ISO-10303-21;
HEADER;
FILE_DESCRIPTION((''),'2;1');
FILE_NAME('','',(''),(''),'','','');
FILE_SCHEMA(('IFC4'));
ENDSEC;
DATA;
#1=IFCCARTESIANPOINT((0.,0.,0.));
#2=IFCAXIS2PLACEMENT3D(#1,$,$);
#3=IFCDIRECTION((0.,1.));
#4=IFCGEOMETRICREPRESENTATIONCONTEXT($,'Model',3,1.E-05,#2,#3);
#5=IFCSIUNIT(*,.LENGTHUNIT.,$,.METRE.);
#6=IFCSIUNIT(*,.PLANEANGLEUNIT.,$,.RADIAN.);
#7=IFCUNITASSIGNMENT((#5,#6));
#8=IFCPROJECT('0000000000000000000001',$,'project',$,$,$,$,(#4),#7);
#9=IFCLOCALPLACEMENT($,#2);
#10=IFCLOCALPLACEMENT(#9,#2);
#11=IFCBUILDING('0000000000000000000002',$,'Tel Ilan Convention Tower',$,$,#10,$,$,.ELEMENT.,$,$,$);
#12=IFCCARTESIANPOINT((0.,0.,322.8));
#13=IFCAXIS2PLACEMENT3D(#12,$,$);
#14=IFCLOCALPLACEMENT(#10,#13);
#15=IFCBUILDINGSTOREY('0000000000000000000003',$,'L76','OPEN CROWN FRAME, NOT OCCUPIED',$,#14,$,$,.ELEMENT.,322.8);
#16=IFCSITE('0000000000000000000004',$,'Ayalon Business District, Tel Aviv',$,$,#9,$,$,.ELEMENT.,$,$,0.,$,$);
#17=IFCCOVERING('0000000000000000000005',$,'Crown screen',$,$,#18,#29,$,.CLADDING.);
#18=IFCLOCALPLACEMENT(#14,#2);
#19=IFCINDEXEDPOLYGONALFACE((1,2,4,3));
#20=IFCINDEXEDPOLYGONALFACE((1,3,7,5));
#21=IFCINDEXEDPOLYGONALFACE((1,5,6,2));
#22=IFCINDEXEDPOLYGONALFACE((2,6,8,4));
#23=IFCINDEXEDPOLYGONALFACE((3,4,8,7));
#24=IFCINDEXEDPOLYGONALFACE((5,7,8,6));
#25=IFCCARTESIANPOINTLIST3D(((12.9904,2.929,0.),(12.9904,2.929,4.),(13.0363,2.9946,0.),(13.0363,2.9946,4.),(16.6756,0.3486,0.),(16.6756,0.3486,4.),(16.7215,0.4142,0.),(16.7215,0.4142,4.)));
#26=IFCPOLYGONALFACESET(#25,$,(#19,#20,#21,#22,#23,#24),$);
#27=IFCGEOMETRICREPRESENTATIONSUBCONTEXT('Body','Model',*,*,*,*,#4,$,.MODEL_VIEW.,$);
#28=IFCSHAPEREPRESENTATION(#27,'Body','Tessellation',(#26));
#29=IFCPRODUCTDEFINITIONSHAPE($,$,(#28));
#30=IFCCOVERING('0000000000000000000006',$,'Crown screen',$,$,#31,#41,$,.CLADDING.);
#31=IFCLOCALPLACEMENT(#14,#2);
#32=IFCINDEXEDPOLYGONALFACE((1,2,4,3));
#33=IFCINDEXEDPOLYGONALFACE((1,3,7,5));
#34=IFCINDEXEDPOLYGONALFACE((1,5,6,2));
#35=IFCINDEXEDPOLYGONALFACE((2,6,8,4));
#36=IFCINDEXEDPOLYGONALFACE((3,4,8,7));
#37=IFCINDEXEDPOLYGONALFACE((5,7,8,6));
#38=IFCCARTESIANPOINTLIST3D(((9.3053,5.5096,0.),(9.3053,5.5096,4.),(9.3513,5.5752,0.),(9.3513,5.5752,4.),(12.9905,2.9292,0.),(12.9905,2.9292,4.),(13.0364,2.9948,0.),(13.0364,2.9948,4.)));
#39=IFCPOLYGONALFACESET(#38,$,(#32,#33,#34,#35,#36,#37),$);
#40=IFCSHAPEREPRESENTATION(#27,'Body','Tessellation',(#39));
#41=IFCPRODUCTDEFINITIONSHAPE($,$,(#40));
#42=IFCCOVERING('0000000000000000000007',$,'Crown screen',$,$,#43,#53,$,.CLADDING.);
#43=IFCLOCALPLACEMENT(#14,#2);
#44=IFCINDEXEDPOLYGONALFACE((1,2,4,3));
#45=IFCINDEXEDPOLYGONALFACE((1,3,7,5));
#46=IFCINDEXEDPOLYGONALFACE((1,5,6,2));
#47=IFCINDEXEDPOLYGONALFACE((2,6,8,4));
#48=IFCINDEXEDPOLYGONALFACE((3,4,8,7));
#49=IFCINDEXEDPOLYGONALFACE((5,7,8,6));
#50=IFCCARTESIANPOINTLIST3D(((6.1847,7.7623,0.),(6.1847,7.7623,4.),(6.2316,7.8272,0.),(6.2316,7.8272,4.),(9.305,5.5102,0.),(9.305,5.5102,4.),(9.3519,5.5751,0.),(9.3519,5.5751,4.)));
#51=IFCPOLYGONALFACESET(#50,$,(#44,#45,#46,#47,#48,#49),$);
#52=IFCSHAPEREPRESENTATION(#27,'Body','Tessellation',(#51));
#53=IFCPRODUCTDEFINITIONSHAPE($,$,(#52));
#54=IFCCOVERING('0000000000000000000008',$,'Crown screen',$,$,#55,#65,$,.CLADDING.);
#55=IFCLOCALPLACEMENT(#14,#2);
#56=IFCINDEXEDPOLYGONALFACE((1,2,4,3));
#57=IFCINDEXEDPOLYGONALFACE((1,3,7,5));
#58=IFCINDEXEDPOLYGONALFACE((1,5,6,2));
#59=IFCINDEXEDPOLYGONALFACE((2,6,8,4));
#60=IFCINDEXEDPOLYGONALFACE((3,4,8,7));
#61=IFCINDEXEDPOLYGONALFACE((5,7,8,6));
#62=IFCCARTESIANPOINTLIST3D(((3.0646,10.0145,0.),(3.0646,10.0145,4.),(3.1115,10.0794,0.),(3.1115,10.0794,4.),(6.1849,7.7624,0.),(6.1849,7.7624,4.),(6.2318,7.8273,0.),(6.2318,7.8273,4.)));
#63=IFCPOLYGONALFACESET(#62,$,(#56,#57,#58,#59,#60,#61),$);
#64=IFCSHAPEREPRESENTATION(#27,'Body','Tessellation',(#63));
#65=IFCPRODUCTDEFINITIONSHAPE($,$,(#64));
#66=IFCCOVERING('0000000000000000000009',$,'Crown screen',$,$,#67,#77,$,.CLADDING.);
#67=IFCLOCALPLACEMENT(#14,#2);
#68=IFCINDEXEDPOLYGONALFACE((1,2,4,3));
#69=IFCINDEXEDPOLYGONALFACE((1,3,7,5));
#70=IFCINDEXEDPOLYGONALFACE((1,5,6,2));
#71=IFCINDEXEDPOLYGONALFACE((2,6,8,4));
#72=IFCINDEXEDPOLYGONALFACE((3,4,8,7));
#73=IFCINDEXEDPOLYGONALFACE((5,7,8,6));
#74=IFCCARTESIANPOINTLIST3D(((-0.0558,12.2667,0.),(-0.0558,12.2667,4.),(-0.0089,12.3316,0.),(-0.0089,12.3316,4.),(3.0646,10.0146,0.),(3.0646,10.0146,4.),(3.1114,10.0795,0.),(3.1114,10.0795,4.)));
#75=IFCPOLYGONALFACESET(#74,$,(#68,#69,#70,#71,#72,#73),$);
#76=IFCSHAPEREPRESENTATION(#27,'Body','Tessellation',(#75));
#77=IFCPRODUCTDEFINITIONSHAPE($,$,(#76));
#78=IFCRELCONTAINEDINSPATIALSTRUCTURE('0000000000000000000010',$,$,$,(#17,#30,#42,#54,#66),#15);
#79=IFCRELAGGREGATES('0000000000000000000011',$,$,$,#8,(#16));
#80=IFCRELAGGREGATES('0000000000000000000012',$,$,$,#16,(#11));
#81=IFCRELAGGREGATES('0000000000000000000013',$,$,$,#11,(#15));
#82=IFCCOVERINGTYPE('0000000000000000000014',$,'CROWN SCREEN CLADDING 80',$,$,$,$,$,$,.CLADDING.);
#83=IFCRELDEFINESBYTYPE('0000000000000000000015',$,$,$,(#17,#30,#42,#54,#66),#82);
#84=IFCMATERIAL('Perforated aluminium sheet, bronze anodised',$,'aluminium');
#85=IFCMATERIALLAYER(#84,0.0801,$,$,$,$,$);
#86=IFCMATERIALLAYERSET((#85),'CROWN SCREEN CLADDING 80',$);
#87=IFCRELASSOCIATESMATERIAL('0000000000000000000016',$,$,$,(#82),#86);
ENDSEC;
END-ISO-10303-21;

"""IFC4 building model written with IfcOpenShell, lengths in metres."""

from ifc_helpers import new_model, si_unit, direction, frame, origin, origin_2d, place, context, subcontext, project, spatial, rectangle, extrude, material, layer, layer_set, type_object, element, save


model = new_model("IFC4")

# Units and contexts
model_context = context("Model", 3, precision=1e-05, world=origin(), true_north=direction((0.0, 1.0)))
body_context = subcontext(model_context, "Body", "Model", "MODEL_VIEW")
ifc_project = project(units=[si_unit("LENGTHUNIT", "METRE"), si_unit("PLANEANGLEUNIT", "RADIAN")], contexts=[model_context])

# Site, building, storey
site_placement = place(None, origin())
site = spatial("IfcSite", under=ifc_project, at=site_placement, Name="Ayalon Business District, Tel Aviv", CompositionType="ELEMENT", RefElevation=0.0)
building_placement = place(site_placement, origin())
building = spatial("IfcBuilding", under=site, at=building_placement, Name="Tel Ilan Convention Tower", CompositionType="ELEMENT")
storey_placement = place(building_placement, frame((0.0, 0.0, 322.8)))
storey = spatial("IfcBuildingStorey", under=building, at=storey_placement, Name="L76", Description="OPEN CROWN FRAME, NOT OCCUPIED", CompositionType="ELEMENT", Elevation=322.8)

# Coverings
ifc_material_1 = material(Name="Perforated aluminium sheet, bronze anodised", Category="aluminium")
ifc_layer = layer(ifc_material_1, 0.0801)
ifc_layer_set = layer_set([ifc_layer], Name="CROWN SCREEN CLADDING 80")
covering_type = type_object("IfcCoveringType", Name="CROWN SCREEN CLADDING 80", PredefinedType="CLADDING", material=ifc_layer_set)
for number, where, z_axis, x_axis, name in (
    (1, (14.856, 1.6716, 0.0), (0.0, 0.0, 1.0), (-0.819148, 0.573582, 0.0), "Crown screen"),
    (2, (11.1709, 4.2522, 0.0), (0.0, 0.0, 1.0), (-0.819148, 0.573582, 0.0), "Crown screen"),
):
    element("IfcCovering", number, at=place(storey_placement, frame(where, z_axis=z_axis, x_axis=x_axis)), inside=storey, type_object=covering_type, Name=name, PredefinedType="CLADDING", context=body_context, shape_type="SweptSolid", body=[
        extrude(rectangle(XDim=4.4988, YDim=0.0801, at=origin_2d()), origin(), (0.0, 0.0, 1.0), 4.0),
    ])
for number, where, z_axis, x_axis, name in (
    (3, (7.7683, 6.6687, 0.0), (0.0, 0.0, 1.0), (-0.810863, 0.585236, 0.0), "Crown screen"),
    (4, (4.6482, 8.9209, 0.0), (0.0, 0.0, 1.0), (-0.810863, 0.585236, 0.0), "Crown screen"),
    (5, (1.5278, 11.1731, 0.0), (0.0, 0.0, 1.0), (-0.810863, 0.585236, 0.0), "Crown screen"),
):
    element("IfcCovering", number, at=place(storey_placement, frame(where, z_axis=z_axis, x_axis=x_axis)), inside=storey, type_object=covering_type, Name=name, PredefinedType="CLADDING", context=body_context, shape_type="SweptSolid", body=[
        extrude(rectangle(XDim=3.8481, YDim=0.0801, at=origin_2d()), origin(), (0.0, 0.0, 1.0), 4.0),
    ])

save(model, "model.ifc")
